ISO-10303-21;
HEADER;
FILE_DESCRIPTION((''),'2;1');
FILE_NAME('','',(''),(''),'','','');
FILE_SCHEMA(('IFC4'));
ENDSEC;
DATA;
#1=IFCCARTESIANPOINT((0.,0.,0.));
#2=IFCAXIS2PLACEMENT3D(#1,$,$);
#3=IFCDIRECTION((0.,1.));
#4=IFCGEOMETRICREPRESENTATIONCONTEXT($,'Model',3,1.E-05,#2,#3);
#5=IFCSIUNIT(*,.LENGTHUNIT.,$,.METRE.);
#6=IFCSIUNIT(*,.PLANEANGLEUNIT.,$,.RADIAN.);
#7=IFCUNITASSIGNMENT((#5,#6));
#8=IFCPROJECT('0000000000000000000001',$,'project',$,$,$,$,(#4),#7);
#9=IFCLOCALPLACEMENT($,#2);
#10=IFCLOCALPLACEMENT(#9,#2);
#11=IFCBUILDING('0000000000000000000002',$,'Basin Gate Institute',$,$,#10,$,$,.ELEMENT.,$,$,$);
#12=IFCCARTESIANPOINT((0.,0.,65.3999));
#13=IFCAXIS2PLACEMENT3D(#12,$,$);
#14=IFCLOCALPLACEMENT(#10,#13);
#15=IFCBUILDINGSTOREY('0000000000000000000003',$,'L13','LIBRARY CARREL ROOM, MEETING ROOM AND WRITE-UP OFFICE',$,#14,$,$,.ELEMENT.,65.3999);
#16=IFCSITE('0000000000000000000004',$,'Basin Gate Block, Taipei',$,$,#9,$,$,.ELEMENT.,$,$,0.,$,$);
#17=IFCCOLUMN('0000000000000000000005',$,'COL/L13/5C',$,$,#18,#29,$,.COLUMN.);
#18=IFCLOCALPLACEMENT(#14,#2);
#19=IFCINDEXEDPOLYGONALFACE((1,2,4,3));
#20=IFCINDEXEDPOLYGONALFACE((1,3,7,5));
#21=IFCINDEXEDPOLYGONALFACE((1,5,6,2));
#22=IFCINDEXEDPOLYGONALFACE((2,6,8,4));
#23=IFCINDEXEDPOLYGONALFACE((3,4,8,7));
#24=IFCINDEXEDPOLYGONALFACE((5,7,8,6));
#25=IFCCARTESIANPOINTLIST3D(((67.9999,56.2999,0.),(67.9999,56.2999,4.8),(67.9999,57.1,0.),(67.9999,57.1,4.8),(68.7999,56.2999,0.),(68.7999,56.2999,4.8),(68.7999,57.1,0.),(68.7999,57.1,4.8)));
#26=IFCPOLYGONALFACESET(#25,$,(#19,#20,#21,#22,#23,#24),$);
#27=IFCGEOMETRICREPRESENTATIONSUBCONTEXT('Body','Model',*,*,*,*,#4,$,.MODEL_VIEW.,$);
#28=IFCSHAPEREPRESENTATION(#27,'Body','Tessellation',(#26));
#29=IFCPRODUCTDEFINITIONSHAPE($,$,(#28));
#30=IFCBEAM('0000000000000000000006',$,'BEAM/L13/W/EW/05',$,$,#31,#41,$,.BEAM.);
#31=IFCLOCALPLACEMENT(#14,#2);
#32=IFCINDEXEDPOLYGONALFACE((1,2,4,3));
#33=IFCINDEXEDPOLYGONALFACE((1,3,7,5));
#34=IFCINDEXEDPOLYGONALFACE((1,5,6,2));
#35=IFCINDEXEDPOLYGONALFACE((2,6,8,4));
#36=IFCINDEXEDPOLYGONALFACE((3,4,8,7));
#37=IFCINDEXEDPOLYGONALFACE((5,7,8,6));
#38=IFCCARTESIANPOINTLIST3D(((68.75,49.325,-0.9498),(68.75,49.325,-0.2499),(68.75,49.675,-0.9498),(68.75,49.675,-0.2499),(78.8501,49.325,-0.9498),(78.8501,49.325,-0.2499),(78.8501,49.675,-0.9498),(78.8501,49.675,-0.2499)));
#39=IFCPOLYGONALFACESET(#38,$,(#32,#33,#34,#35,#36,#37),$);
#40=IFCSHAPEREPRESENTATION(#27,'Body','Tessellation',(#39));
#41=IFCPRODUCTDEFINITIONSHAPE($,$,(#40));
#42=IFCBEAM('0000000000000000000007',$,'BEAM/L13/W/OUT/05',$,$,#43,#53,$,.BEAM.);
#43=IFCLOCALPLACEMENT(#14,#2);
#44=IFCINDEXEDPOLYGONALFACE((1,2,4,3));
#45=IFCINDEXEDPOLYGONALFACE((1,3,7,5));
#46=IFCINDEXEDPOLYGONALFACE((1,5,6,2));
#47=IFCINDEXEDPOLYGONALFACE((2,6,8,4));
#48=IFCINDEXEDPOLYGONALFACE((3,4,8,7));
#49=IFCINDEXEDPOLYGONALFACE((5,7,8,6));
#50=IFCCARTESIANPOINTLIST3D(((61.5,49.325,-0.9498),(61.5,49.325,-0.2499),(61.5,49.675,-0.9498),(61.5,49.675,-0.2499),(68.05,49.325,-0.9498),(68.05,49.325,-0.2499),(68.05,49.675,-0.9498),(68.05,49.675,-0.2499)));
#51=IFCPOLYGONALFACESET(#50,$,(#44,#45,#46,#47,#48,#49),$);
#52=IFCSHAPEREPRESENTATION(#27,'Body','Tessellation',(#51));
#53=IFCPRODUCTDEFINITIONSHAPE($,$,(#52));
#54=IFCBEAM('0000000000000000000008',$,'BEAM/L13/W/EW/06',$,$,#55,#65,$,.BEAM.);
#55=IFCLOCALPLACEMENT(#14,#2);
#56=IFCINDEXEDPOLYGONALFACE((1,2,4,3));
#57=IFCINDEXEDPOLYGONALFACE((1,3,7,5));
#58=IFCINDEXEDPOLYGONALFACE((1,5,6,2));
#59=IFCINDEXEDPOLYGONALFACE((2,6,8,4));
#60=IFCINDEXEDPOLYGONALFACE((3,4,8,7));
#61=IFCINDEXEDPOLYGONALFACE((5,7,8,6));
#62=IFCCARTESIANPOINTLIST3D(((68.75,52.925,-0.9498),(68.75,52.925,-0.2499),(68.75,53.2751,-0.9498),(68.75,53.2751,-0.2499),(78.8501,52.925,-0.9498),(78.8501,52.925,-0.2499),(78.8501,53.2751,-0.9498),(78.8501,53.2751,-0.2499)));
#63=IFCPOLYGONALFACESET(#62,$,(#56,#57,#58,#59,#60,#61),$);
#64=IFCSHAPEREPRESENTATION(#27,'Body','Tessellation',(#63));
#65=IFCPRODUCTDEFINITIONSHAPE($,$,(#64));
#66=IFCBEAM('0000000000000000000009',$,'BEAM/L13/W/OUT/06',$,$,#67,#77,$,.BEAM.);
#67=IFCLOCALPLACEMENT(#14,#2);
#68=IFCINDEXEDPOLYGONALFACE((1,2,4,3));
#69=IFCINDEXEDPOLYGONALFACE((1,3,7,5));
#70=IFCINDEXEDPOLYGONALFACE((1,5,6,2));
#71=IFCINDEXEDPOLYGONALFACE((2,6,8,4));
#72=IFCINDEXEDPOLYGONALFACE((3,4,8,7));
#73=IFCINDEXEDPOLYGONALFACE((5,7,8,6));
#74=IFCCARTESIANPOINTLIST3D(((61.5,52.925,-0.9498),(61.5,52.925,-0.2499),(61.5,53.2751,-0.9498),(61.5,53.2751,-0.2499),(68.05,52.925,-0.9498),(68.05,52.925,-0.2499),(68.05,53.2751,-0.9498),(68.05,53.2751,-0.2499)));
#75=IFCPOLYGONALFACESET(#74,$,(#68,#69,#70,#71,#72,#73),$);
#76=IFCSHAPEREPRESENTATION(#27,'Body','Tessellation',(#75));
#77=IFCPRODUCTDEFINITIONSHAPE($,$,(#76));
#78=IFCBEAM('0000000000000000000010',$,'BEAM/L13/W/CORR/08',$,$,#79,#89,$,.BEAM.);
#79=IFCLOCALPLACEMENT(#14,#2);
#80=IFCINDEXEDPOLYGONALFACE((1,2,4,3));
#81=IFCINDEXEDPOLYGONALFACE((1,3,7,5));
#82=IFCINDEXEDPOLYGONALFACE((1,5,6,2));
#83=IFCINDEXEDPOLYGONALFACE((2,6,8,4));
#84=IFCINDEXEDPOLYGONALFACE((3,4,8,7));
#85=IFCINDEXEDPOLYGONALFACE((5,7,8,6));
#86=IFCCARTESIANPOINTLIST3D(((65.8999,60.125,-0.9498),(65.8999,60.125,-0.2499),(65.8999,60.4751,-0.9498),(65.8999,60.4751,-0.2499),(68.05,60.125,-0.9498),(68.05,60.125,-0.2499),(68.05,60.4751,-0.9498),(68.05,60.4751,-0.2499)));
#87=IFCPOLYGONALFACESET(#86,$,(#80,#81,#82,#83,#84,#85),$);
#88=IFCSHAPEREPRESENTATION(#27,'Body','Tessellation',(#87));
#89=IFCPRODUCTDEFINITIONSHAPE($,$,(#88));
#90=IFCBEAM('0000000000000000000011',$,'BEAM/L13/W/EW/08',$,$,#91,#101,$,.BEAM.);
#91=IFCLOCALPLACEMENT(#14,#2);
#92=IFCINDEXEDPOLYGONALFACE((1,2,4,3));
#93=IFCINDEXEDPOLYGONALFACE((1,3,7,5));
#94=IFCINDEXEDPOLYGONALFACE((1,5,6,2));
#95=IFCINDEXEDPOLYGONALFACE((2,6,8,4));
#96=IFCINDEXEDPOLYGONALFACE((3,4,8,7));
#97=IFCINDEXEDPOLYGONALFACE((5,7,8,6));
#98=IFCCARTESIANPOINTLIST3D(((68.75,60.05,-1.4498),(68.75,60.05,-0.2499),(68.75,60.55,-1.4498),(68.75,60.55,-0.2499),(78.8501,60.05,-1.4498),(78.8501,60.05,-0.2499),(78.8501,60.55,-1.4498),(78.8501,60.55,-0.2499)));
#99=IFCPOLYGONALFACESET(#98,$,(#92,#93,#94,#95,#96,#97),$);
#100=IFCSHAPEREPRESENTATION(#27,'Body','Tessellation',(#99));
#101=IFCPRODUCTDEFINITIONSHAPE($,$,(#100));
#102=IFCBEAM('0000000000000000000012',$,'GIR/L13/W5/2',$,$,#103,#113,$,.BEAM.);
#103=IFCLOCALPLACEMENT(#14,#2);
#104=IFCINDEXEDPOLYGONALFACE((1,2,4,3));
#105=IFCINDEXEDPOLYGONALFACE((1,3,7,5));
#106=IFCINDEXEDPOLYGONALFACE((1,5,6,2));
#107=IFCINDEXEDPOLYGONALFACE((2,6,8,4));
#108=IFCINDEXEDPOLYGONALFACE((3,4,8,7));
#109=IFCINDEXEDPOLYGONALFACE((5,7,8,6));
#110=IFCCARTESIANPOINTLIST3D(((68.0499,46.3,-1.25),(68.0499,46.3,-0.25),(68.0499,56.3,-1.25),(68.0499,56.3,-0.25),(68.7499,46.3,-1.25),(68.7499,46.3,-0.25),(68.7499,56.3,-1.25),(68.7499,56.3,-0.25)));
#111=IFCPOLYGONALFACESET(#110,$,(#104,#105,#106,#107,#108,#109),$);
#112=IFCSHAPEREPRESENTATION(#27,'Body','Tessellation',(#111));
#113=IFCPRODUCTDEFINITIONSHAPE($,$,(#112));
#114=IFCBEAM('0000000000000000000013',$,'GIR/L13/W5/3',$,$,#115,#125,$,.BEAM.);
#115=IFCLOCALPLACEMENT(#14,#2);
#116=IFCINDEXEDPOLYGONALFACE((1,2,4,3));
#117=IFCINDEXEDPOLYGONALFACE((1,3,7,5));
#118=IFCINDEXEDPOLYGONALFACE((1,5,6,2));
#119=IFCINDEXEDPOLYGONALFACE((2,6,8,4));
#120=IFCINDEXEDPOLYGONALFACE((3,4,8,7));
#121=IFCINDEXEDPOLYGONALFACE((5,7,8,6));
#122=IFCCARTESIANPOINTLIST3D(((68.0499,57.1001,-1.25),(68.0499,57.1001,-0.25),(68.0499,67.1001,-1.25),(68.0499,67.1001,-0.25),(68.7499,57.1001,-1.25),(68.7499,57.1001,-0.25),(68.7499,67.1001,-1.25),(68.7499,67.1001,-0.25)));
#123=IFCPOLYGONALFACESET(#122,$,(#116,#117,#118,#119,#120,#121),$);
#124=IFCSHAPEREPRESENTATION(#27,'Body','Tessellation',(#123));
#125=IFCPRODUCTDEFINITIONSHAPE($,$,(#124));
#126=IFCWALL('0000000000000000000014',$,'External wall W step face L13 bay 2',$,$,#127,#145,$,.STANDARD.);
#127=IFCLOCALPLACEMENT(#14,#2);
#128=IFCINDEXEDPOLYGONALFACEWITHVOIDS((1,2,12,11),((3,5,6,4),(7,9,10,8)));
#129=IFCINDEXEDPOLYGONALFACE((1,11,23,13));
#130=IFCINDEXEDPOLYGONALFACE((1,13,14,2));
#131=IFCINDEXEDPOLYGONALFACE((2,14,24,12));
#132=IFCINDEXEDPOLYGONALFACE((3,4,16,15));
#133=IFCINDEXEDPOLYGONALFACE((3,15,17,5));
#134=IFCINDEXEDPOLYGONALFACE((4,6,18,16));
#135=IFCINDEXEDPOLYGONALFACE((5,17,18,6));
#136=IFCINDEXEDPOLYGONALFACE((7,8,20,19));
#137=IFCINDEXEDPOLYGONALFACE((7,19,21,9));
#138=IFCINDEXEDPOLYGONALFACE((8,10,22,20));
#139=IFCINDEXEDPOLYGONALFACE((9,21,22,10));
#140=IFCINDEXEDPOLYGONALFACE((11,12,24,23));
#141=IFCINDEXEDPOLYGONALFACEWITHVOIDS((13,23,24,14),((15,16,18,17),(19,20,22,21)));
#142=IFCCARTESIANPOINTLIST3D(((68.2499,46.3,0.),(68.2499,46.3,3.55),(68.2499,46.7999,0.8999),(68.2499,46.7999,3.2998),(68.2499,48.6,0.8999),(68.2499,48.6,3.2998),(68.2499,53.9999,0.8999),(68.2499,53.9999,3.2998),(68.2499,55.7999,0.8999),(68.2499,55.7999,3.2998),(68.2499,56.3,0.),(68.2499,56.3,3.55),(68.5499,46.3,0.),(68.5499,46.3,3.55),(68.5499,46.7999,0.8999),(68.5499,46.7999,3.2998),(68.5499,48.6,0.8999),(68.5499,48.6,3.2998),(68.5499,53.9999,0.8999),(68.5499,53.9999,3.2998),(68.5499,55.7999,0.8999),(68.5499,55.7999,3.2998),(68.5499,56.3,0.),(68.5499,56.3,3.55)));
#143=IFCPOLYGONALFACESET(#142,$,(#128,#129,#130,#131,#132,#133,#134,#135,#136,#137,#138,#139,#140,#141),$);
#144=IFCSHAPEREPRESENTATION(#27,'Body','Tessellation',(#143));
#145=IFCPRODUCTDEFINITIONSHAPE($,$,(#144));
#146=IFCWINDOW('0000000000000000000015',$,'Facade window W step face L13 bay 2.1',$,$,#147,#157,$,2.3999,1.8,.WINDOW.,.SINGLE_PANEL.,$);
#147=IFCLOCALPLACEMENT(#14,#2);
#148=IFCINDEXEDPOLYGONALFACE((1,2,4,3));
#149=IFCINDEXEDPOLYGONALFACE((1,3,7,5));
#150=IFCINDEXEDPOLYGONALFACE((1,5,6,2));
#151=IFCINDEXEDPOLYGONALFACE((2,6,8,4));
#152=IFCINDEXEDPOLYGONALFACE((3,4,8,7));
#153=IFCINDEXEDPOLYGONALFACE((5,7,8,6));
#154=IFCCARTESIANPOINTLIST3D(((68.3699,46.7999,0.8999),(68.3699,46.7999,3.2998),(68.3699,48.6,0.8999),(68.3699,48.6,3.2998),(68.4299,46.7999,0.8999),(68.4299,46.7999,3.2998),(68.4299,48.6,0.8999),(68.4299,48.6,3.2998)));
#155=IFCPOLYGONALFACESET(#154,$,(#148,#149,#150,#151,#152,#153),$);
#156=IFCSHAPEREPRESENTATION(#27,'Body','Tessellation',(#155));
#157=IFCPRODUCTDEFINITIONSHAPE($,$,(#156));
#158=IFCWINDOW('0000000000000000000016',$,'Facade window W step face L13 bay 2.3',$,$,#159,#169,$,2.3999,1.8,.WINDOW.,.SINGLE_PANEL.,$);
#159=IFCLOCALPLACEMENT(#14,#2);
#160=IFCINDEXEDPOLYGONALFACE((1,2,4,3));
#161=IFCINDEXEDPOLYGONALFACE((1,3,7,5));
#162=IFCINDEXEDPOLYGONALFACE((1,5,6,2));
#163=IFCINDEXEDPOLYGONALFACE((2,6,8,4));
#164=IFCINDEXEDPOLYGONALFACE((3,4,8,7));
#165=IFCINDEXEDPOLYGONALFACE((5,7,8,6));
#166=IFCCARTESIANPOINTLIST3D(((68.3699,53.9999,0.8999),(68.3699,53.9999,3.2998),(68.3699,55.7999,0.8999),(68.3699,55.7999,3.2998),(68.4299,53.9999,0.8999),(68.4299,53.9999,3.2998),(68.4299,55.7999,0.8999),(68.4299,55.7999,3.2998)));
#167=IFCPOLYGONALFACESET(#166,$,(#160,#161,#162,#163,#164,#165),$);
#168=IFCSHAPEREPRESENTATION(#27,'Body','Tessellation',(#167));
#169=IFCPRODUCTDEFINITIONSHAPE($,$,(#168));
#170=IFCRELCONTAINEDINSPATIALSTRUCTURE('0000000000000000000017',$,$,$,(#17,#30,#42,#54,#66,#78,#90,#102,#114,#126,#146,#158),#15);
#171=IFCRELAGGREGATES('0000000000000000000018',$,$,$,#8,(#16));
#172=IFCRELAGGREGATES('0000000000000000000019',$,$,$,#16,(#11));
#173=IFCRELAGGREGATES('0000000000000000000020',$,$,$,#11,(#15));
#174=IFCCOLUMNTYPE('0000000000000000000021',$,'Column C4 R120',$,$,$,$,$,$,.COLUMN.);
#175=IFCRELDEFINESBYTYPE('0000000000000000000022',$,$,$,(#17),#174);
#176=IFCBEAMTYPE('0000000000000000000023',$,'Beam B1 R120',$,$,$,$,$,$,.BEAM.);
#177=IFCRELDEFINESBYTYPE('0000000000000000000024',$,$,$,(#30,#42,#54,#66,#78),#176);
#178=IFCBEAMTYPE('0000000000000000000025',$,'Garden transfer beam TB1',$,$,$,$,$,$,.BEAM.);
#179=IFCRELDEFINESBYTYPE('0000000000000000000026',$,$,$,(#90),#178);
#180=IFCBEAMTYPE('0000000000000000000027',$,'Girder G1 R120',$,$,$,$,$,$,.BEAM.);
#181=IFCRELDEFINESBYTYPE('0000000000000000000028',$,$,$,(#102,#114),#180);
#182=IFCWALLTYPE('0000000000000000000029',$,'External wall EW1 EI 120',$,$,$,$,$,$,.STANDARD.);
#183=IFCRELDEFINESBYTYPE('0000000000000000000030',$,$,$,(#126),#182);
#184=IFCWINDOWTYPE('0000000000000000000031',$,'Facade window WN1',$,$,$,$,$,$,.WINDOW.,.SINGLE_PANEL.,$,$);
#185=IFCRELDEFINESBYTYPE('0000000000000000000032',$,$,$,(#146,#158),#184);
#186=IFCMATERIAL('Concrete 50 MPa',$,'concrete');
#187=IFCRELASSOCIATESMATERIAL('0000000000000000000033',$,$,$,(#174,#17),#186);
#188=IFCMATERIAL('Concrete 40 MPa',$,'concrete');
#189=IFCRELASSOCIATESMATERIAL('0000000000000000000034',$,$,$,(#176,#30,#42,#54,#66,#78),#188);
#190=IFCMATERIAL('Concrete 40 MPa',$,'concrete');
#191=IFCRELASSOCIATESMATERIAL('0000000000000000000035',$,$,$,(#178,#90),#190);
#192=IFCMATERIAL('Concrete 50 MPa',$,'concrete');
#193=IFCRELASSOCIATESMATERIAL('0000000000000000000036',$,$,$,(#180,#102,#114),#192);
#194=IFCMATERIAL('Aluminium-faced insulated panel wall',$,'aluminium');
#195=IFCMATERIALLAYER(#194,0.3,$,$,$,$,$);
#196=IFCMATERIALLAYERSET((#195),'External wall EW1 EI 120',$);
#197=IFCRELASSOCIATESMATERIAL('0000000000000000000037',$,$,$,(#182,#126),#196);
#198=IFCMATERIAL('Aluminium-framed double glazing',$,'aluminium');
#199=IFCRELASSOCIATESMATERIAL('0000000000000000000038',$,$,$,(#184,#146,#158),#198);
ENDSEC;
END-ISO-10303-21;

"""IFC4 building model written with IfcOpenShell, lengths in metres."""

from ifc_helpers import new_model, si_unit, direction, frame, frame_2d, origin, origin_2d, place, context, subcontext, project, spatial, rectangle, extrude, material, layer, layer_set, material_profile, profile_set, type_object, element, fill, save


model = new_model("IFC4")

# Units and contexts
model_context = context("Model", 3, precision=1e-05, world=origin(), true_north=direction((0.0, 1.0)))
body_context = subcontext(model_context, "Body", "Model", "MODEL_VIEW")
ifc_project = project(units=[si_unit("LENGTHUNIT", "METRE"), si_unit("PLANEANGLEUNIT", "RADIAN")], contexts=[model_context])

# Site, building, storey
site_placement = place(None, origin())
site = spatial("IfcSite", under=ifc_project, at=site_placement, Name="Basin Gate Block, Taipei", CompositionType="ELEMENT", RefElevation=0.0)
building_placement = place(site_placement, origin())
building = spatial("IfcBuilding", under=site, at=building_placement, Name="Basin Gate Institute", CompositionType="ELEMENT")
storey_placement = place(building_placement, frame((0.0, 0.0, 65.3999)))
storey = spatial("IfcBuildingStorey", under=building, at=storey_placement, Name="L13", Description="LIBRARY CARREL ROOM, MEETING ROOM AND WRITE-UP OFFICE", CompositionType="ELEMENT", Elevation=65.3999)

# Column
ifc_material_1 = material(Name="Concrete 50 MPa", Category="concrete")
ifc_material_profile_1 = material_profile(ifc_material_1, rectangle(XDim=0.8, YDim=0.8, at=origin_2d()), Name="Column C4 800 x 800")
ifc_profile_set_1 = profile_set([ifc_material_profile_1], Name="Concrete 50 MPa")
column_type = type_object("IfcColumnType", Name="Column C4 R120", PredefinedType="COLUMN", material=ifc_profile_set_1)
column_placement = place(storey_placement, frame((68.3999, 56.7, 0.0), z_axis=(0.0, 0.0, 1.0), x_axis=(1.0, 0.0, 0.0)))
element("IfcColumn", 1, at=column_placement, inside=storey, type_object=column_type, material=ifc_profile_set_1, Name="COL/L13/5C", PredefinedType="COLUMN", context=body_context, shape_type="SweptSolid", body=[
    extrude(rectangle(XDim=0.8, YDim=0.8, at=origin_2d()), origin(), (0.0, 0.0, 1.0), 4.8),
])

# Beams
ifc_material_2 = material(Name="Concrete 40 MPa", Category="concrete")
ifc_material_profile_2 = material_profile(ifc_material_2, rectangle(XDim=0.3501, YDim=0.7, at=origin_2d()), Name="Beam B1 350 x 700")
ifc_profile_set_2 = profile_set([ifc_material_profile_2], Name="Concrete 40 MPa")
beam_type_1 = type_object("IfcBeamType", Name="Beam B1 R120", PredefinedType="BEAM", material=ifc_profile_set_2)
beam_1_placement = place(storey_placement, frame((68.75, 49.5, -0.5999), z_axis=(1.0, 0.0, 0.0), x_axis=(0.0, 1.0, 0.0)))
element("IfcBeam", 2, at=beam_1_placement, inside=storey, type_object=beam_type_1, material=ifc_profile_set_2, Name="BEAM/L13/W/EW/05", PredefinedType="BEAM", context=body_context, shape_type="SweptSolid", body=[
    extrude(rectangle(XDim=0.3501, YDim=0.7, at=origin_2d()), origin(), (0.0, 0.0, 1.0), 10.1001),
])
beam_2_placement = place(storey_placement, frame((61.5, 49.5, -0.5999), z_axis=(1.0, 0.0, 0.0), x_axis=(0.0, 1.0, 0.0)))
element("IfcBeam", 3, at=beam_2_placement, inside=storey, type_object=beam_type_1, material=ifc_profile_set_2, Name="BEAM/L13/W/OUT/05", PredefinedType="BEAM", context=body_context, shape_type="SweptSolid", body=[
    extrude(rectangle(XDim=0.3501, YDim=0.7, at=origin_2d()), origin(), (0.0, 0.0, 1.0), 6.55),
])
beam_3_placement = place(storey_placement, frame((68.75, 53.1001, -0.5999), z_axis=(1.0, 0.0, 0.0), x_axis=(0.0, 1.0, 0.0)))
element("IfcBeam", 4, at=beam_3_placement, inside=storey, type_object=beam_type_1, material=ifc_profile_set_2, Name="BEAM/L13/W/EW/06", PredefinedType="BEAM", context=body_context, shape_type="SweptSolid", body=[
    extrude(rectangle(XDim=0.3501, YDim=0.7, at=origin_2d()), origin(), (0.0, 0.0, 1.0), 10.1001),
])
beam_4_placement = place(storey_placement, frame((61.5, 53.1001, -0.5999), z_axis=(1.0, 0.0, 0.0), x_axis=(0.0, 1.0, 0.0)))
element("IfcBeam", 5, at=beam_4_placement, inside=storey, type_object=beam_type_1, material=ifc_profile_set_2, Name="BEAM/L13/W/OUT/06", PredefinedType="BEAM", context=body_context, shape_type="SweptSolid", body=[
    extrude(rectangle(XDim=0.3501, YDim=0.7, at=origin_2d()), origin(), (0.0, 0.0, 1.0), 6.55),
])
beam_5_placement = place(storey_placement, frame((65.8999, 60.3, -0.5999), z_axis=(1.0, 0.0, 0.0), x_axis=(0.0, 1.0, 0.0)))
element("IfcBeam", 6, at=beam_5_placement, inside=storey, type_object=beam_type_1, material=ifc_profile_set_2, Name="BEAM/L13/W/CORR/08", PredefinedType="BEAM", context=body_context, shape_type="SweptSolid", body=[
    extrude(rectangle(XDim=0.3501, YDim=0.7, at=origin_2d()), origin(), (0.0, 0.0, 1.0), 2.1501),
])
ifc_material_3 = material(Name="Concrete 40 MPa", Category="concrete")
ifc_material_profile_3 = material_profile(ifc_material_3, rectangle(XDim=0.5, YDim=1.2, at=origin_2d()), Name="Garden transfer beam TB1 500 x 1200")
ifc_profile_set_3 = profile_set([ifc_material_profile_3], Name="Concrete 40 MPa")
beam_type_2 = type_object("IfcBeamType", Name="Garden transfer beam TB1", PredefinedType="BEAM", material=ifc_profile_set_3)
beam_6_placement = place(storey_placement, frame((68.75, 60.3, -0.8499), z_axis=(1.0, 0.0, 0.0), x_axis=(0.0, 1.0, 0.0)))
element("IfcBeam", 7, at=beam_6_placement, inside=storey, type_object=beam_type_2, material=ifc_profile_set_3, Name="BEAM/L13/W/EW/08", PredefinedType="BEAM", context=body_context, shape_type="SweptSolid", body=[
    extrude(rectangle(XDim=0.5, YDim=1.2, at=origin_2d()), origin(), (0.0, 0.0, 1.0), 10.1001),
])
ifc_material_4 = material(Name="Concrete 50 MPa", Category="concrete")
ifc_material_profile_4 = material_profile(ifc_material_4, rectangle(XDim=0.7, YDim=1.0, at=origin_2d()), Name="Girder G1 700 x 1000")
ifc_profile_set_4 = profile_set([ifc_material_profile_4], Name="Concrete 50 MPa")
beam_type_3 = type_object("IfcBeamType", Name="Girder G1 R120", PredefinedType="BEAM", material=ifc_profile_set_4)
for number, where, z_axis, x_axis, name in (
    (8, (68.3999, 46.3, -0.75), (0.0, 1.0, 0.0), (-1.0, 0.0, 0.0), "GIR/L13/W5/2"),
    (9, (68.3999, 57.1001, -0.75), (0.0, 1.0, 0.0), (-1.0, 0.0, 0.0), "GIR/L13/W5/3"),
):
    element("IfcBeam", number, at=place(storey_placement, frame(where, z_axis=z_axis, x_axis=x_axis)), inside=storey, type_object=beam_type_3, material=ifc_profile_set_4, Name=name, PredefinedType="BEAM", context=body_context, shape_type="SweptSolid", body=[
        extrude(rectangle(XDim=0.7, YDim=1.0, at=origin_2d()), origin(), (0.0, 0.0, 1.0), 10.0),
    ])

# Wall, openings, windows
ifc_material_5 = material(Name="Aluminium-faced insulated panel wall", Category="aluminium")
ifc_layer_1 = layer(ifc_material_5, 0.3)
ifc_layer_set_1 = layer_set([ifc_layer_1], Name="External wall EW1 EI 120")
wall_type_1 = type_object("IfcWallType", Name="External wall EW1 EI 120", PredefinedType="STANDARD", material=ifc_layer_set_1)
wall_1_placement = place(storey_placement, frame((68.3999, 46.3, 0.0), z_axis=(0.0, 0.0, 1.0), x_axis=(0.0, 1.0, 0.0)))
wall_1 = element("IfcWall", 10, at=wall_1_placement, inside=storey, type_object=wall_type_1, material=ifc_layer_set_1, Name="External wall W step face L13 bay 2", PredefinedType="STANDARD", context=body_context, shape_type="SweptSolid", body=[
    extrude(rectangle(XDim=10.0, YDim=0.3, at=frame_2d((5.0, 0.0))), origin(), (0.0, 0.0, 1.0), 3.55),
])
opening_1_placement = place(wall_1_placement, frame((0.5, 0.0, 0.8999)))
opening_1 = element("IfcOpeningElement", 11, at=opening_1_placement, cuts=wall_1, PredefinedType="OPENING", context=body_context, shape_type="SweptSolid", body=[
    extrude(rectangle(XDim=1.8, YDim=2.3999, at=frame_2d((0.8999, 1.2))), frame((0.0, 0.1602, 0.0), z_axis=(0.0, -1.0, 0.0), x_axis=(1.0, 0.0, 0.0)), (0.0, 0.0, 1.0), 0.3201),
])
opening_2_placement = place(wall_1_placement, frame((7.7, 0.0, 0.8999)))
opening_2 = element("IfcOpeningElement", 12, at=opening_2_placement, cuts=wall_1, PredefinedType="OPENING", context=body_context, shape_type="SweptSolid", body=[
    extrude(rectangle(XDim=1.8, YDim=2.3999, at=frame_2d((0.8999, 1.2))), frame((0.0, 0.1602, 0.0), z_axis=(0.0, -1.0, 0.0), x_axis=(1.0, 0.0, 0.0)), (0.0, 0.0, 1.0), 0.3201),
])
ifc_material_6 = material(Name="Aluminium-framed double glazing", Category="aluminium")
window_type_1 = type_object("IfcWindowType", Name="Facade window WN1", PartitioningType="SINGLE_PANEL", PredefinedType="WINDOW", material=ifc_material_6)
window_1_placement = place(opening_1_placement, origin())
window_1 = element("IfcWindow", 13, at=window_1_placement, inside=storey, type_object=window_type_1, material=ifc_material_6, Name="Facade window W step face L13 bay 2.1", OverallHeight=2.3999, OverallWidth=1.8, PartitioningType="SINGLE_PANEL", PredefinedType="WINDOW", context=body_context, shape_type="SweptSolid", body=[
    extrude(rectangle(XDim=1.8, YDim=2.3999, at=frame_2d((0.8999, 1.2))), frame((0.0, 0.03, 0.0), z_axis=(0.0, -1.0, 0.0), x_axis=(1.0, 0.0, 0.0)), (0.0, 0.0, 1.0), 0.0601),
])
fill(opening_1, window_1)
window_2_placement = place(opening_2_placement, origin())
window_2 = element("IfcWindow", 14, at=window_2_placement, inside=storey, type_object=window_type_1, material=ifc_material_6, Name="Facade window W step face L13 bay 2.3", OverallHeight=2.3999, OverallWidth=1.8, PartitioningType="SINGLE_PANEL", PredefinedType="WINDOW", context=body_context, shape_type="SweptSolid", body=[
    extrude(rectangle(XDim=1.8, YDim=2.3999, at=frame_2d((0.8999, 1.2))), frame((0.0, 0.03, 0.0), z_axis=(0.0, -1.0, 0.0), x_axis=(1.0, 0.0, 0.0)), (0.0, 0.0, 1.0), 0.0601),
])
fill(opening_2, window_2)

save(model, "model.ifc")
